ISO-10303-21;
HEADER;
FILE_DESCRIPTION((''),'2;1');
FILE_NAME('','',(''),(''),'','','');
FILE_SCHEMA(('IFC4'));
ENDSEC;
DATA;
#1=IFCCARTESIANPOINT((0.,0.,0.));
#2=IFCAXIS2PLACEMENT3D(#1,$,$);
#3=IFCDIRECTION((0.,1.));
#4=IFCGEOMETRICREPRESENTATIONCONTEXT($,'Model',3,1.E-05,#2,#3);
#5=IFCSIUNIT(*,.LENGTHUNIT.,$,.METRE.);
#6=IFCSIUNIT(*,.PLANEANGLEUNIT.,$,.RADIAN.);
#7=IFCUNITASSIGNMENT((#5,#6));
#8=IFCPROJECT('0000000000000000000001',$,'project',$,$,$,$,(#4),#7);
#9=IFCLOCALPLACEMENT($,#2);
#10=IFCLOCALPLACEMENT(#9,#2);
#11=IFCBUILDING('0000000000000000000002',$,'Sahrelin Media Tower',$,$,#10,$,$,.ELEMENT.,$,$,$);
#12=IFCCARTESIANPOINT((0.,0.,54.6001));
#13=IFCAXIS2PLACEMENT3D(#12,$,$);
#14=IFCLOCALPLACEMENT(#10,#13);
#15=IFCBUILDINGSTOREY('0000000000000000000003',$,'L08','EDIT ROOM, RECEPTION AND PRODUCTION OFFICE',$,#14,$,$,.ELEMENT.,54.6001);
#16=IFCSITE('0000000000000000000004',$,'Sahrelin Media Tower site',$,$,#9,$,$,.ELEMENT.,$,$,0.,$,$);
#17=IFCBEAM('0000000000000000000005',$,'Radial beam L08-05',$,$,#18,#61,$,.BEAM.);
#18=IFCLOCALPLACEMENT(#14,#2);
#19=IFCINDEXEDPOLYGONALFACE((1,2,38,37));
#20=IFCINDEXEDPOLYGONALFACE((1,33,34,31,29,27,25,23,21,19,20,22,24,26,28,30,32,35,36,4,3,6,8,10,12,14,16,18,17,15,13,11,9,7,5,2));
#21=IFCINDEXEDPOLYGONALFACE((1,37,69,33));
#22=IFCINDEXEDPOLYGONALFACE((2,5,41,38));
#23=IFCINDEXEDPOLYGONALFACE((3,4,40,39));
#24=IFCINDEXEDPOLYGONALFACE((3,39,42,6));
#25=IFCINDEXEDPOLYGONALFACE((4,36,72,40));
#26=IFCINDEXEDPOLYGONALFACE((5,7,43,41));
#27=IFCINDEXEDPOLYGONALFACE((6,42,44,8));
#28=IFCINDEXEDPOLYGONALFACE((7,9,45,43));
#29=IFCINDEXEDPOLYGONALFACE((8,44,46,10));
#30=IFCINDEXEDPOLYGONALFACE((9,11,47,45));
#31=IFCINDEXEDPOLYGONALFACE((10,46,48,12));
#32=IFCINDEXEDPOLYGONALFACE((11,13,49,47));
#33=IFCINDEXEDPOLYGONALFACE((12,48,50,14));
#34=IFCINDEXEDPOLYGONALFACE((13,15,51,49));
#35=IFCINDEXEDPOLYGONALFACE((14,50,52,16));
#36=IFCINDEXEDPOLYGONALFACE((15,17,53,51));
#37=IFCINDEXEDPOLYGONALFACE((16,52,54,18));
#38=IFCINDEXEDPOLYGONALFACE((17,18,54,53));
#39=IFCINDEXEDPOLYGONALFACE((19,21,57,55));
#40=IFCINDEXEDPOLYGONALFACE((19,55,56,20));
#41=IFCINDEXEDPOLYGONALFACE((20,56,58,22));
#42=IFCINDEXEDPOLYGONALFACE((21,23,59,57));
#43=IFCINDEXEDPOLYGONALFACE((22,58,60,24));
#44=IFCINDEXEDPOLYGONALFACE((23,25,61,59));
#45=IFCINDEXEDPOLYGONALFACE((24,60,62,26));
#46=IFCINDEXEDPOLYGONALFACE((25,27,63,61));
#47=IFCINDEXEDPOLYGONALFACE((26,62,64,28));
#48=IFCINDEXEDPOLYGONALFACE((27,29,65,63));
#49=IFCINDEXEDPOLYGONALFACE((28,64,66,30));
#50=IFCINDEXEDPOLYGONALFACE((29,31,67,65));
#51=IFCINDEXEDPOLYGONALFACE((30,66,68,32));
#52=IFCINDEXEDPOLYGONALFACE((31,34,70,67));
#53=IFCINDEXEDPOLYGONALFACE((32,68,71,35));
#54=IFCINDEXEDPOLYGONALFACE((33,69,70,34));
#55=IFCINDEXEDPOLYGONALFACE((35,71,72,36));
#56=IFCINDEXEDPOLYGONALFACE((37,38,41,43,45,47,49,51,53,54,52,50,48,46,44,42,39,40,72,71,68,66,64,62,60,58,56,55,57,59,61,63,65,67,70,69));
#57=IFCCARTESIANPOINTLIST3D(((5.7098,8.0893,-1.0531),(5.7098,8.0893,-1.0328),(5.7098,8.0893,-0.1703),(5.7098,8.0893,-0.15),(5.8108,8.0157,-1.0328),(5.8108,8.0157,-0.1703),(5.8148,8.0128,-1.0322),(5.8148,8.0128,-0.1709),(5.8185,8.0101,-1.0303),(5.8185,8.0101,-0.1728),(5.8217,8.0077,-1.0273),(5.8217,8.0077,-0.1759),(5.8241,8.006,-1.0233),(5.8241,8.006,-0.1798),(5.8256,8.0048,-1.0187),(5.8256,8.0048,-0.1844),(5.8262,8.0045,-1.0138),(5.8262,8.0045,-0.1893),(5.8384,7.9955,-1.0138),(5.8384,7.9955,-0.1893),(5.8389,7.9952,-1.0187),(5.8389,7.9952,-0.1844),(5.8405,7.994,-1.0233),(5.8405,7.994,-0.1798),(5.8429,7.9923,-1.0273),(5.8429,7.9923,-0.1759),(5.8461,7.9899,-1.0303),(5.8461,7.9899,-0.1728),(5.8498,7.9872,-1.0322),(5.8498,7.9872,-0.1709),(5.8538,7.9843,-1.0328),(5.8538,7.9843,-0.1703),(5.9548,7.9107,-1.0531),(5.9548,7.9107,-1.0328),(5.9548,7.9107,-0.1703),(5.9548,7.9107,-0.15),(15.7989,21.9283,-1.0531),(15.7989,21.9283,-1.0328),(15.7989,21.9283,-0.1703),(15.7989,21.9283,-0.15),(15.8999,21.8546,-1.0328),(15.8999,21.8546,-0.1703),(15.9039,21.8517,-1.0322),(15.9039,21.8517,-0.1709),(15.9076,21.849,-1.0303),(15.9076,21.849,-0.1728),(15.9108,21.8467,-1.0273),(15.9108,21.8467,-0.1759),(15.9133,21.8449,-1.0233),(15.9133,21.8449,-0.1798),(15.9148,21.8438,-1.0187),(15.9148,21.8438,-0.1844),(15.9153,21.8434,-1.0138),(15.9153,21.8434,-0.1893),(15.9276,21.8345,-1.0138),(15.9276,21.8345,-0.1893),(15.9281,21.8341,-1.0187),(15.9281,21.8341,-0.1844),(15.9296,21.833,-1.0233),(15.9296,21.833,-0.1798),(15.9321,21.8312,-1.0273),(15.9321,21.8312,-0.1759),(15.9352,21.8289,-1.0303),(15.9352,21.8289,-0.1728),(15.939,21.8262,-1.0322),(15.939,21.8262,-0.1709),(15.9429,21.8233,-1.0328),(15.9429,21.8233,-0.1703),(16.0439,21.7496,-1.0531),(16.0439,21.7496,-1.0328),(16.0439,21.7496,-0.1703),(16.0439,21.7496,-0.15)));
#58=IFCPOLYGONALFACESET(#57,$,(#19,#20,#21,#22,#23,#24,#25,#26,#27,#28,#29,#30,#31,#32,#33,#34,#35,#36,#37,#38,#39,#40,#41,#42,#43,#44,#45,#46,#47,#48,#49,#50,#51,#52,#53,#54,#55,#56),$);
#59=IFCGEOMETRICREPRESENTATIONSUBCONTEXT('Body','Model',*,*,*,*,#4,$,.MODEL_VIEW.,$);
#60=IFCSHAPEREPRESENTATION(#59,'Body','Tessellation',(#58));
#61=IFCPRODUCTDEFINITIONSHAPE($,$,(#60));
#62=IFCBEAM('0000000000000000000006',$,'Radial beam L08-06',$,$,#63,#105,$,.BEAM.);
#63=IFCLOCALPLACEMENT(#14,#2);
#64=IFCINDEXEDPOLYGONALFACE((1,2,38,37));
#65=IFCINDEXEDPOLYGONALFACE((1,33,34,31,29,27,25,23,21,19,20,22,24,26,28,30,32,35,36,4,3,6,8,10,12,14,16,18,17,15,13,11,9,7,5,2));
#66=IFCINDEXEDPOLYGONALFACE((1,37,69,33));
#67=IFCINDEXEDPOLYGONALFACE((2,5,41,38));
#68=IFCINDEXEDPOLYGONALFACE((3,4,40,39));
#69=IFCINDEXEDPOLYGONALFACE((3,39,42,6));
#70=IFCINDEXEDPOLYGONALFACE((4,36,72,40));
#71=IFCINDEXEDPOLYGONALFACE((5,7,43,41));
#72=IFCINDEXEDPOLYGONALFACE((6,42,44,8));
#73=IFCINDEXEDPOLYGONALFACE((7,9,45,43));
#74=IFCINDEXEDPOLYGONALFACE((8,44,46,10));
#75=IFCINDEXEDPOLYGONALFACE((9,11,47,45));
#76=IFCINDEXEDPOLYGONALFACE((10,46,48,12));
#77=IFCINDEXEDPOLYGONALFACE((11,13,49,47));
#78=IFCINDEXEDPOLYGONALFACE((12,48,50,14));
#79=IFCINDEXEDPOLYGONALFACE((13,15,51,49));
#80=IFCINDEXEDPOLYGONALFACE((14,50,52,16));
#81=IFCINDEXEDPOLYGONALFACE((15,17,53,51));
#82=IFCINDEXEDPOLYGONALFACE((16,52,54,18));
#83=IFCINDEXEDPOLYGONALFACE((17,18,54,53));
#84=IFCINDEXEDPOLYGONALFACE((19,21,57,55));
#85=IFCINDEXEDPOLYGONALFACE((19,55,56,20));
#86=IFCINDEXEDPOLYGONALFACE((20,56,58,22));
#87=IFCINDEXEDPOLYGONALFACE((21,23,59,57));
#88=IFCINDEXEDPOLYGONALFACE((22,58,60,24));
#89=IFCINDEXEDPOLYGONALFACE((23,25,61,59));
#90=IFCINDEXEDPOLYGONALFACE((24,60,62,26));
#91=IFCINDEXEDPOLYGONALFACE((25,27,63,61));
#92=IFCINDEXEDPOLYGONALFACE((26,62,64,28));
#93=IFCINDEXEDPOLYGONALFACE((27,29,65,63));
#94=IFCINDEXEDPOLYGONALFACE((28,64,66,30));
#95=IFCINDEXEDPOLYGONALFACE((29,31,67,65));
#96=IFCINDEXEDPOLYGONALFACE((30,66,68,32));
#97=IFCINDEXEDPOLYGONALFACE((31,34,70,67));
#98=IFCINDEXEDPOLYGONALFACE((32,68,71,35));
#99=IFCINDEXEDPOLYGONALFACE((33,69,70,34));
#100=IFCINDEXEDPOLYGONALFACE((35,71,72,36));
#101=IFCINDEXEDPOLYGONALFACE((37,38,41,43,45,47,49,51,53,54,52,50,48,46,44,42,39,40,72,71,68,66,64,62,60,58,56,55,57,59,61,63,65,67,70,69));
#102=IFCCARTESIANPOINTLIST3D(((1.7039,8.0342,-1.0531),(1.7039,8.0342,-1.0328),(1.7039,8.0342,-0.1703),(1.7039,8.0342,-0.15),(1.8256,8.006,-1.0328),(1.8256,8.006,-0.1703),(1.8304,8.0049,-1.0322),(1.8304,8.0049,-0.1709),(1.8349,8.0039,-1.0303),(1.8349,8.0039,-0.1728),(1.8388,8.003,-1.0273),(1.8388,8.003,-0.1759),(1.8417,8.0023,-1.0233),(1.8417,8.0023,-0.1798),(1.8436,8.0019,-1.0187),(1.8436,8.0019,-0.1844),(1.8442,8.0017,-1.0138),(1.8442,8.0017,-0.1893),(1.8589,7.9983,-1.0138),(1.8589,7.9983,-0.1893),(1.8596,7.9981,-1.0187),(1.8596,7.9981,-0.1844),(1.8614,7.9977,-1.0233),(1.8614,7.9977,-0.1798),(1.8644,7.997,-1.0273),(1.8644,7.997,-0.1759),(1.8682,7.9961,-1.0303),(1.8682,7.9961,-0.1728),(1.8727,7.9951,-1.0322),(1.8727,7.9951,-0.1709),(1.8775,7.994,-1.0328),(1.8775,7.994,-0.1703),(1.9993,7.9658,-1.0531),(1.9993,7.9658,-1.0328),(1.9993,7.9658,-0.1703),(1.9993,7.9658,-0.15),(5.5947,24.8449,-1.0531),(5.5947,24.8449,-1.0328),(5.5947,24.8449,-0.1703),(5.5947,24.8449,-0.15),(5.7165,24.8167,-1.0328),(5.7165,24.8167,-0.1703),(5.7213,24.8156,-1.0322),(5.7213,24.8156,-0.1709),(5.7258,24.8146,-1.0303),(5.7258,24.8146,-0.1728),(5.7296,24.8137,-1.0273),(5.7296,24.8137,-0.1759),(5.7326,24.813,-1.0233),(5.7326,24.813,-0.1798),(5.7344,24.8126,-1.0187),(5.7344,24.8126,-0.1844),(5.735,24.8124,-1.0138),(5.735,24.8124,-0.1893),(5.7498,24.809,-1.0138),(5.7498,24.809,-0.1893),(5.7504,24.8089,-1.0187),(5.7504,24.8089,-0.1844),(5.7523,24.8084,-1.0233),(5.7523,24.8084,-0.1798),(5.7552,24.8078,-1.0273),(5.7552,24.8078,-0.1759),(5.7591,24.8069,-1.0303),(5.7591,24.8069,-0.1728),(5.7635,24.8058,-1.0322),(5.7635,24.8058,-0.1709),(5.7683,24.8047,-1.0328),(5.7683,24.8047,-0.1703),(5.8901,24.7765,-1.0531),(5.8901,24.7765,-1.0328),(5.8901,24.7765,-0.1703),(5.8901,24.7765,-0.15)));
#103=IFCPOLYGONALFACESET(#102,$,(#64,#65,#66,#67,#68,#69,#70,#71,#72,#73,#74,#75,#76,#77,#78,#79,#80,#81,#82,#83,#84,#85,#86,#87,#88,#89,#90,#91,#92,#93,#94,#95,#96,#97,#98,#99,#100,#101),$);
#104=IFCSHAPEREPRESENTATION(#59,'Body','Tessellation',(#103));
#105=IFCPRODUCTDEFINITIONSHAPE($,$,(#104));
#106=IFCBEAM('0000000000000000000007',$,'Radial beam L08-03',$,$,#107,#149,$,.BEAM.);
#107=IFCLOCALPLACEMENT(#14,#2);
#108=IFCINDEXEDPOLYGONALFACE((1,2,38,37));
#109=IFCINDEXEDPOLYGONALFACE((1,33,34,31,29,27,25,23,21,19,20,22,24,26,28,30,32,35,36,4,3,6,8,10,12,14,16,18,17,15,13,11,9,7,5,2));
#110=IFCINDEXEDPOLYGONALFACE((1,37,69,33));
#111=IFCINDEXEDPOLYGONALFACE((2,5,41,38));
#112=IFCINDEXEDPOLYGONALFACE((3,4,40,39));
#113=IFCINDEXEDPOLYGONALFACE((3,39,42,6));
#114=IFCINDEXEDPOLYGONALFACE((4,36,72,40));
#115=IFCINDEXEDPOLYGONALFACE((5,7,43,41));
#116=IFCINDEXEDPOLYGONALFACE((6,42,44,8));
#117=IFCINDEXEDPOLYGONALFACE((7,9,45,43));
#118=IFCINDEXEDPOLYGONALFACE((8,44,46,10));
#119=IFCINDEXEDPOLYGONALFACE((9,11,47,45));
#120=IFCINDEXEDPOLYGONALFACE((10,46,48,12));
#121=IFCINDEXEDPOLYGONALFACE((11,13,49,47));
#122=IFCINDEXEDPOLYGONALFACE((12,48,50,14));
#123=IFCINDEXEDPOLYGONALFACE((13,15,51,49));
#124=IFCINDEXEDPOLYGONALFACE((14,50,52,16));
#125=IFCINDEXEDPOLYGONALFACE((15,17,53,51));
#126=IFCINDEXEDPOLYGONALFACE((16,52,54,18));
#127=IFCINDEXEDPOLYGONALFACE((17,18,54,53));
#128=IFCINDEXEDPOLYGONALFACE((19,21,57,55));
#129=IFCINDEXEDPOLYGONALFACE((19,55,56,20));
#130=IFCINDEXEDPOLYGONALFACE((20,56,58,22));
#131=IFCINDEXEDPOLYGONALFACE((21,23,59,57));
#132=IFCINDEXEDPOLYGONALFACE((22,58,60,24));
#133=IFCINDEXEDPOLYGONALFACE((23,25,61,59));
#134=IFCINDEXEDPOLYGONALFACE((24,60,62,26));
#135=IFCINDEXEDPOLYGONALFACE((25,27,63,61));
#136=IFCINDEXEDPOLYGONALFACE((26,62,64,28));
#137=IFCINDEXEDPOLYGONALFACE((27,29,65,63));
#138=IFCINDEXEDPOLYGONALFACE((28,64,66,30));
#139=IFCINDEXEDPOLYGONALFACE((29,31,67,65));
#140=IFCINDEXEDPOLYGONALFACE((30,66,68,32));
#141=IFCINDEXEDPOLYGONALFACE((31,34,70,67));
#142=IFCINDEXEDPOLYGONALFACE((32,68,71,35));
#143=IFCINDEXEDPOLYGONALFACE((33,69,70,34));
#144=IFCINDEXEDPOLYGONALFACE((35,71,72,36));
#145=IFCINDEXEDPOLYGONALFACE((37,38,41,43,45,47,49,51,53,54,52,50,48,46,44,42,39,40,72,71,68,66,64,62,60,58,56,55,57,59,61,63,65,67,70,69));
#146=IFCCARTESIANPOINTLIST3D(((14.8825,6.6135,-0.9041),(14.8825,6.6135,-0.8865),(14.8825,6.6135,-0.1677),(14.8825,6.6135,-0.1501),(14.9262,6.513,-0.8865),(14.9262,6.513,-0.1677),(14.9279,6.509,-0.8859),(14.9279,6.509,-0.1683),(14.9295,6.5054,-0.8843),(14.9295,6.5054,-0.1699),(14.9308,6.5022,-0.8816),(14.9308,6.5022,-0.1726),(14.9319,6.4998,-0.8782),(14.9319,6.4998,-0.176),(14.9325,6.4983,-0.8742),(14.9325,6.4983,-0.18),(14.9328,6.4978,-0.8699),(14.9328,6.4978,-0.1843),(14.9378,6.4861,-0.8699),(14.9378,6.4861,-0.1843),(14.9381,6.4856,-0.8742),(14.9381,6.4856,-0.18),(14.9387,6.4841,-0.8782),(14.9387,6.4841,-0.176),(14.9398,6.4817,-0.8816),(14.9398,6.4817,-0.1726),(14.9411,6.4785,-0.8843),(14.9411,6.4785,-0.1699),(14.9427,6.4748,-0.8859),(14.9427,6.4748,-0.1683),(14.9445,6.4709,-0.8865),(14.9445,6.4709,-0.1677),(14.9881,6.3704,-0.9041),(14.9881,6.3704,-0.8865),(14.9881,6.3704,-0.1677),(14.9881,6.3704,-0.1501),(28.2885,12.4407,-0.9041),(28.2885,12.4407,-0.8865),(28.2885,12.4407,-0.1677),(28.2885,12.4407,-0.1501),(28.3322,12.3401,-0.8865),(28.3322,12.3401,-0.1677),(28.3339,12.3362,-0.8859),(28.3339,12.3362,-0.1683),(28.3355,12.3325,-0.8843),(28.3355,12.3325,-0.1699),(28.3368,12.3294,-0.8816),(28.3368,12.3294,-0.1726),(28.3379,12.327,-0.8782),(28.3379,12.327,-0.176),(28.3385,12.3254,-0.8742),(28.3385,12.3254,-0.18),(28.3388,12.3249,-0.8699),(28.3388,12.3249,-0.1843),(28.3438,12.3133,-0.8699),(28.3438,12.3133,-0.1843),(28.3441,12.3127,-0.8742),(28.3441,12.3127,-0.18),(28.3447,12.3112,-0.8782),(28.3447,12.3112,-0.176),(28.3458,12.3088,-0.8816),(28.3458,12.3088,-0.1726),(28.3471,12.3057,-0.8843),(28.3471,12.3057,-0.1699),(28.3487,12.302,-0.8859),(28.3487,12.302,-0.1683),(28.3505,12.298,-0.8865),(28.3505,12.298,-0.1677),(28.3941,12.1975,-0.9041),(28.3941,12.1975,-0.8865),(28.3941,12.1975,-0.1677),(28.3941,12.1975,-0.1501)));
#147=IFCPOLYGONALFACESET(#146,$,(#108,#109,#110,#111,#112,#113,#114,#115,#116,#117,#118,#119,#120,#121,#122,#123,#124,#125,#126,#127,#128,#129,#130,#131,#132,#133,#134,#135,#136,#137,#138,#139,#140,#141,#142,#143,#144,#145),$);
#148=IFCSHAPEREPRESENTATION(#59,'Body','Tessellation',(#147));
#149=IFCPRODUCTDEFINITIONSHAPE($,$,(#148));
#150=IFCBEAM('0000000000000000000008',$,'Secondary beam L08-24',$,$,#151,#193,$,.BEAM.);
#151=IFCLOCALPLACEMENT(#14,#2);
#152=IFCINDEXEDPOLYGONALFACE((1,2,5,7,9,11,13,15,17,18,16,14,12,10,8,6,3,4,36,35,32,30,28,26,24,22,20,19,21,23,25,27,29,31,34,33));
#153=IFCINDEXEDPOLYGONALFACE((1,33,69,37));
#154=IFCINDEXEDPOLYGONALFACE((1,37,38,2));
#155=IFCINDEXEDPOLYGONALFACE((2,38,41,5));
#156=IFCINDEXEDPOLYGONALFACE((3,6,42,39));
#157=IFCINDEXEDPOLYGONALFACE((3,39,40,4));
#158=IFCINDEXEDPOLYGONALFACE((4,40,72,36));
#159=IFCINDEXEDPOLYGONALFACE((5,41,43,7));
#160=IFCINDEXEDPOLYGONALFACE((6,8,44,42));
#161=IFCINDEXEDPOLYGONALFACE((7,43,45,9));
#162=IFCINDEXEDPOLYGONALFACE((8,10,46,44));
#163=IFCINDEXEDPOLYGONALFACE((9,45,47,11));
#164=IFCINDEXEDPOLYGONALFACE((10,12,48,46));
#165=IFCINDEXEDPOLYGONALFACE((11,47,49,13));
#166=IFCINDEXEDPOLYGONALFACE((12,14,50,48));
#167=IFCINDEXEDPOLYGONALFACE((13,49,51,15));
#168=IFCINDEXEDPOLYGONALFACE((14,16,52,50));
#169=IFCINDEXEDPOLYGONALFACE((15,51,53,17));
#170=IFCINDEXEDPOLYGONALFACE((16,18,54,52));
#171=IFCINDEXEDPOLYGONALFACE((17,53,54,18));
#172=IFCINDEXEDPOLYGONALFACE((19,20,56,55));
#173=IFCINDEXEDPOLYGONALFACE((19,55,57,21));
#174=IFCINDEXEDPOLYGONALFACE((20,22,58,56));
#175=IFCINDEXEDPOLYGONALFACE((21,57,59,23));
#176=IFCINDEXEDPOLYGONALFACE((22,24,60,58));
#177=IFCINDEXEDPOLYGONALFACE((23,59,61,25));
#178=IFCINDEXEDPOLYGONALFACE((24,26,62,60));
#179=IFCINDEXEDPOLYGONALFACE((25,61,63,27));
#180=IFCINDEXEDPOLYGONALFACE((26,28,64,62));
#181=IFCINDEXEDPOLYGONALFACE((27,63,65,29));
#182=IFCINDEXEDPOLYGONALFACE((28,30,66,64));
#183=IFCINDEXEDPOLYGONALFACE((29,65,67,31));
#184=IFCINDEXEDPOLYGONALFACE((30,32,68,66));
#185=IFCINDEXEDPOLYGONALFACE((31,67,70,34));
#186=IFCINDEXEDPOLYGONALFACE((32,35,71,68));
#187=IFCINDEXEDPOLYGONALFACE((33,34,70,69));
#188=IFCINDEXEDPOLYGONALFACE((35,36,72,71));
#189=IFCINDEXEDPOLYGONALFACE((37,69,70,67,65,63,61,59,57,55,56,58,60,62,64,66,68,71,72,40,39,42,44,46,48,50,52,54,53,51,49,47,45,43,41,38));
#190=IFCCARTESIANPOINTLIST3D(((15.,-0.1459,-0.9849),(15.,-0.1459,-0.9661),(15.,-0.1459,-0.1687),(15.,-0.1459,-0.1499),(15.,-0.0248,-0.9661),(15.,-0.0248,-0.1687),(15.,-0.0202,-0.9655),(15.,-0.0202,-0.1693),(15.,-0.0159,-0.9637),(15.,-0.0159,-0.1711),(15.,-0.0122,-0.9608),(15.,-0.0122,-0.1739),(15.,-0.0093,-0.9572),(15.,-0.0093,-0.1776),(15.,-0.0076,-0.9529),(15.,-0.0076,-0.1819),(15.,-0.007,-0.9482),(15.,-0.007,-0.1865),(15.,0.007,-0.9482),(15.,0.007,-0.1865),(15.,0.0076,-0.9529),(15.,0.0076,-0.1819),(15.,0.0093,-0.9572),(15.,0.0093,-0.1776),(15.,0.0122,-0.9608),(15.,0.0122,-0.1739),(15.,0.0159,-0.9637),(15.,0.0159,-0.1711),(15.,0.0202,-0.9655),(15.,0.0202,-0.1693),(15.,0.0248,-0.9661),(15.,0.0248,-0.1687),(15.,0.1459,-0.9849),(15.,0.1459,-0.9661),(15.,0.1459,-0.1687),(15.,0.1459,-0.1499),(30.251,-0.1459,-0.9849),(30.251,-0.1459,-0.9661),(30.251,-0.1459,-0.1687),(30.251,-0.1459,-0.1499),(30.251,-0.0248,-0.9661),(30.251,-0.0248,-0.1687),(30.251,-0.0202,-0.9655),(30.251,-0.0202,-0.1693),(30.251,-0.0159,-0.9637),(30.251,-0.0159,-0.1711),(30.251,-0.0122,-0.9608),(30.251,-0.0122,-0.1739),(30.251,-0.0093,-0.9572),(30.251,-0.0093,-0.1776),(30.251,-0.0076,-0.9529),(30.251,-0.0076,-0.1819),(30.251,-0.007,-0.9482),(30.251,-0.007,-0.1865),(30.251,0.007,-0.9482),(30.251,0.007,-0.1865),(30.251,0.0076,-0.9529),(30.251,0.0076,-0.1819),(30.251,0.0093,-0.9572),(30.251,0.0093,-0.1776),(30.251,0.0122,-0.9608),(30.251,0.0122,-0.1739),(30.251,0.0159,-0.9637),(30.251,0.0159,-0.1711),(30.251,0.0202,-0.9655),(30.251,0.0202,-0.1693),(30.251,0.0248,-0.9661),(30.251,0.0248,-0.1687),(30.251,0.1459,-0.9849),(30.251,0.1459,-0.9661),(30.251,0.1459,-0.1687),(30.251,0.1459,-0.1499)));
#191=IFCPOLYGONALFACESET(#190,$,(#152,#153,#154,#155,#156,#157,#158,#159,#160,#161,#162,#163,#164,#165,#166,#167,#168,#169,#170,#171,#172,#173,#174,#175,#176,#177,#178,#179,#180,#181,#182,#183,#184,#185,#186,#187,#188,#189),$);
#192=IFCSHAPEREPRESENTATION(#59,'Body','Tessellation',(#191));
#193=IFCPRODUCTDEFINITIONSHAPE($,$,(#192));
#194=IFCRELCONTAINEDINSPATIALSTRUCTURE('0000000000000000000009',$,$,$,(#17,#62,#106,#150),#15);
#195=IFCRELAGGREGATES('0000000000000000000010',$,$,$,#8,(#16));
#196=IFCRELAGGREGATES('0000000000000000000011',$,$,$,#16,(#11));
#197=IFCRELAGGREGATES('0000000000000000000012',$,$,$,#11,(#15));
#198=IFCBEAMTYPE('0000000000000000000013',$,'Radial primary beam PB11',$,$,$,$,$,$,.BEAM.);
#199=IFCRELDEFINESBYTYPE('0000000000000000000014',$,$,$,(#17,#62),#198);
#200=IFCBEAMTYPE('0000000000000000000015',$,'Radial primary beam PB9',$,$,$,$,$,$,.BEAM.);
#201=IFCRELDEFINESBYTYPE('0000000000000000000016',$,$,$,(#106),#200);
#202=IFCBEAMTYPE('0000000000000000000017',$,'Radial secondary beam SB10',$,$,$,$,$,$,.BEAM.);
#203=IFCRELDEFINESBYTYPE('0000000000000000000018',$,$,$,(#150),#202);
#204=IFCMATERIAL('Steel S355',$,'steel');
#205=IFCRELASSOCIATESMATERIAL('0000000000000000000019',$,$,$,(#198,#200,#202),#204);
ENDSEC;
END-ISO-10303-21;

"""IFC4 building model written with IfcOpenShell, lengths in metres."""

from ifc_helpers import new_model, si_unit, direction, frame, origin, origin_2d, place, context, subcontext, project, spatial, i_section, extrude, material, material_profile, profile_set, type_object, element, save


model = new_model("IFC4")

# Units and contexts
model_context = context("Model", 3, precision=1e-05, world=origin(), true_north=direction((0.0, 1.0)))
body_context = subcontext(model_context, "Body", "Model", "MODEL_VIEW")
ifc_project = project(units=[si_unit("LENGTHUNIT", "METRE"), si_unit("PLANEANGLEUNIT", "RADIAN")], contexts=[model_context])

# Site, building, storey
site_placement = place(None, origin())
site = spatial("IfcSite", under=ifc_project, at=site_placement, Name="Sahrelin Media Tower site", CompositionType="ELEMENT", RefElevation=0.0)
building_placement = place(site_placement, origin())
building = spatial("IfcBuilding", under=site, at=building_placement, Name="Sahrelin Media Tower", CompositionType="ELEMENT")
storey_placement = place(building_placement, frame((0.0, 0.0, 54.6001)))
storey = spatial("IfcBuildingStorey", under=building, at=storey_placement, Name="L08", Description="EDIT ROOM, RECEPTION AND PRODUCTION OFFICE", CompositionType="ELEMENT", Elevation=54.6001)

# Beams
ifc_material_1 = material(Name="Steel S355", Category="steel")
ifc_material_profile_1 = material_profile(ifc_material_1, i_section(OverallWidth=0.3032, OverallDepth=0.9031, WebThickness=0.0151, FlangeThickness=0.0203, FilletRadius=0.019, at=origin_2d()), Name="UB 914x305x201")
ifc_profile_set_1 = profile_set([ifc_material_profile_1], Name="Steel S355")
beam_type_1 = type_object("IfcBeamType", Name="Radial primary beam PB11", PredefinedType="BEAM", material=ifc_profile_set_1)
beam_1_placement = place(storey_placement, frame((5.8323, 8.0, -0.6016), z_axis=(0.589106, 0.808056, 0.0), x_axis=(-0.808056, 0.589106, 0.0)))
element("IfcBeam", 1, at=beam_1_placement, inside=storey, type_object=beam_type_1, Name="Radial beam L08-05", PredefinedType="BEAM", context=body_context, shape_type="SweptSolid", body=[
    extrude(i_section(OverallWidth=0.3032, OverallDepth=0.9031, WebThickness=0.0151, FlangeThickness=0.0203, FilletRadius=0.019, at=origin_2d()), origin(), (0.0, 0.0, 1.0), 17.1262),
])
beam_2_placement = place(storey_placement, frame((1.8516, 8.0, -0.6016), z_axis=(0.22549, 0.974246, 0.0), x_axis=(-0.974246, 0.22549, 0.0)))
element("IfcBeam", 2, at=beam_2_placement, inside=storey, type_object=beam_type_1, Name="Radial beam L08-06", PredefinedType="BEAM", context=body_context, shape_type="SweptSolid", body=[
    extrude(i_section(OverallWidth=0.3032, OverallDepth=0.9031, WebThickness=0.0151, FlangeThickness=0.0203, FilletRadius=0.019, at=origin_2d()), origin(), (0.0, 0.0, 1.0), 17.2551),
])
ifc_material_profile_2 = material_profile(ifc_material_1, i_section(OverallWidth=0.2651, OverallDepth=0.7539, WebThickness=0.0127, FlangeThickness=0.0176, FilletRadius=0.0166, at=origin_2d()), Name="UB 762x267x147")
ifc_profile_set_2 = profile_set([ifc_material_profile_2], Name="Steel S355")
beam_type_2 = type_object("IfcBeamType", Name="Radial primary beam PB9", PredefinedType="BEAM", material=ifc_profile_set_2)
beam_3_placement = place(storey_placement, frame((14.9353, 6.4919, -0.5271), z_axis=(0.917109, 0.398637, 0.0), x_axis=(-0.398637, 0.917109, 0.0)))
element("IfcBeam", 3, at=beam_3_placement, inside=storey, type_object=beam_type_2, Name="Radial beam L08-03", PredefinedType="BEAM", context=body_context, shape_type="SweptSolid", body=[
    extrude(i_section(OverallWidth=0.2651, OverallDepth=0.7539, WebThickness=0.0127, FlangeThickness=0.0176, FilletRadius=0.0166, at=origin_2d()), origin(), (0.0, 0.0, 1.0), 14.6177),
])
ifc_material_profile_3 = material_profile(ifc_material_1, i_section(OverallWidth=0.2917, OverallDepth=0.835, WebThickness=0.0139, FlangeThickness=0.0188, FilletRadius=0.0178, at=origin_2d()), Name="UB 838x292x176")
ifc_profile_set_3 = profile_set([ifc_material_profile_3], Name="Steel S355")
beam_type_3 = type_object("IfcBeamType", Name="Radial secondary beam SB10", PredefinedType="BEAM", material=ifc_profile_set_3)
beam_4_placement = place(storey_placement, frame((15.0, 0.0, -0.5674), z_axis=(1.0, 0.0, 0.0), x_axis=(0.0, 1.0, 0.0)))
element("IfcBeam", 4, at=beam_4_placement, inside=storey, type_object=beam_type_3, Name="Secondary beam L08-24", PredefinedType="BEAM", context=body_context, shape_type="SweptSolid", body=[
    extrude(i_section(OverallWidth=0.2917, OverallDepth=0.835, WebThickness=0.0139, FlangeThickness=0.0188, FilletRadius=0.0178, at=origin_2d()), origin(), (0.0, 0.0, 1.0), 15.251),
])

save(model, "model.ifc")
